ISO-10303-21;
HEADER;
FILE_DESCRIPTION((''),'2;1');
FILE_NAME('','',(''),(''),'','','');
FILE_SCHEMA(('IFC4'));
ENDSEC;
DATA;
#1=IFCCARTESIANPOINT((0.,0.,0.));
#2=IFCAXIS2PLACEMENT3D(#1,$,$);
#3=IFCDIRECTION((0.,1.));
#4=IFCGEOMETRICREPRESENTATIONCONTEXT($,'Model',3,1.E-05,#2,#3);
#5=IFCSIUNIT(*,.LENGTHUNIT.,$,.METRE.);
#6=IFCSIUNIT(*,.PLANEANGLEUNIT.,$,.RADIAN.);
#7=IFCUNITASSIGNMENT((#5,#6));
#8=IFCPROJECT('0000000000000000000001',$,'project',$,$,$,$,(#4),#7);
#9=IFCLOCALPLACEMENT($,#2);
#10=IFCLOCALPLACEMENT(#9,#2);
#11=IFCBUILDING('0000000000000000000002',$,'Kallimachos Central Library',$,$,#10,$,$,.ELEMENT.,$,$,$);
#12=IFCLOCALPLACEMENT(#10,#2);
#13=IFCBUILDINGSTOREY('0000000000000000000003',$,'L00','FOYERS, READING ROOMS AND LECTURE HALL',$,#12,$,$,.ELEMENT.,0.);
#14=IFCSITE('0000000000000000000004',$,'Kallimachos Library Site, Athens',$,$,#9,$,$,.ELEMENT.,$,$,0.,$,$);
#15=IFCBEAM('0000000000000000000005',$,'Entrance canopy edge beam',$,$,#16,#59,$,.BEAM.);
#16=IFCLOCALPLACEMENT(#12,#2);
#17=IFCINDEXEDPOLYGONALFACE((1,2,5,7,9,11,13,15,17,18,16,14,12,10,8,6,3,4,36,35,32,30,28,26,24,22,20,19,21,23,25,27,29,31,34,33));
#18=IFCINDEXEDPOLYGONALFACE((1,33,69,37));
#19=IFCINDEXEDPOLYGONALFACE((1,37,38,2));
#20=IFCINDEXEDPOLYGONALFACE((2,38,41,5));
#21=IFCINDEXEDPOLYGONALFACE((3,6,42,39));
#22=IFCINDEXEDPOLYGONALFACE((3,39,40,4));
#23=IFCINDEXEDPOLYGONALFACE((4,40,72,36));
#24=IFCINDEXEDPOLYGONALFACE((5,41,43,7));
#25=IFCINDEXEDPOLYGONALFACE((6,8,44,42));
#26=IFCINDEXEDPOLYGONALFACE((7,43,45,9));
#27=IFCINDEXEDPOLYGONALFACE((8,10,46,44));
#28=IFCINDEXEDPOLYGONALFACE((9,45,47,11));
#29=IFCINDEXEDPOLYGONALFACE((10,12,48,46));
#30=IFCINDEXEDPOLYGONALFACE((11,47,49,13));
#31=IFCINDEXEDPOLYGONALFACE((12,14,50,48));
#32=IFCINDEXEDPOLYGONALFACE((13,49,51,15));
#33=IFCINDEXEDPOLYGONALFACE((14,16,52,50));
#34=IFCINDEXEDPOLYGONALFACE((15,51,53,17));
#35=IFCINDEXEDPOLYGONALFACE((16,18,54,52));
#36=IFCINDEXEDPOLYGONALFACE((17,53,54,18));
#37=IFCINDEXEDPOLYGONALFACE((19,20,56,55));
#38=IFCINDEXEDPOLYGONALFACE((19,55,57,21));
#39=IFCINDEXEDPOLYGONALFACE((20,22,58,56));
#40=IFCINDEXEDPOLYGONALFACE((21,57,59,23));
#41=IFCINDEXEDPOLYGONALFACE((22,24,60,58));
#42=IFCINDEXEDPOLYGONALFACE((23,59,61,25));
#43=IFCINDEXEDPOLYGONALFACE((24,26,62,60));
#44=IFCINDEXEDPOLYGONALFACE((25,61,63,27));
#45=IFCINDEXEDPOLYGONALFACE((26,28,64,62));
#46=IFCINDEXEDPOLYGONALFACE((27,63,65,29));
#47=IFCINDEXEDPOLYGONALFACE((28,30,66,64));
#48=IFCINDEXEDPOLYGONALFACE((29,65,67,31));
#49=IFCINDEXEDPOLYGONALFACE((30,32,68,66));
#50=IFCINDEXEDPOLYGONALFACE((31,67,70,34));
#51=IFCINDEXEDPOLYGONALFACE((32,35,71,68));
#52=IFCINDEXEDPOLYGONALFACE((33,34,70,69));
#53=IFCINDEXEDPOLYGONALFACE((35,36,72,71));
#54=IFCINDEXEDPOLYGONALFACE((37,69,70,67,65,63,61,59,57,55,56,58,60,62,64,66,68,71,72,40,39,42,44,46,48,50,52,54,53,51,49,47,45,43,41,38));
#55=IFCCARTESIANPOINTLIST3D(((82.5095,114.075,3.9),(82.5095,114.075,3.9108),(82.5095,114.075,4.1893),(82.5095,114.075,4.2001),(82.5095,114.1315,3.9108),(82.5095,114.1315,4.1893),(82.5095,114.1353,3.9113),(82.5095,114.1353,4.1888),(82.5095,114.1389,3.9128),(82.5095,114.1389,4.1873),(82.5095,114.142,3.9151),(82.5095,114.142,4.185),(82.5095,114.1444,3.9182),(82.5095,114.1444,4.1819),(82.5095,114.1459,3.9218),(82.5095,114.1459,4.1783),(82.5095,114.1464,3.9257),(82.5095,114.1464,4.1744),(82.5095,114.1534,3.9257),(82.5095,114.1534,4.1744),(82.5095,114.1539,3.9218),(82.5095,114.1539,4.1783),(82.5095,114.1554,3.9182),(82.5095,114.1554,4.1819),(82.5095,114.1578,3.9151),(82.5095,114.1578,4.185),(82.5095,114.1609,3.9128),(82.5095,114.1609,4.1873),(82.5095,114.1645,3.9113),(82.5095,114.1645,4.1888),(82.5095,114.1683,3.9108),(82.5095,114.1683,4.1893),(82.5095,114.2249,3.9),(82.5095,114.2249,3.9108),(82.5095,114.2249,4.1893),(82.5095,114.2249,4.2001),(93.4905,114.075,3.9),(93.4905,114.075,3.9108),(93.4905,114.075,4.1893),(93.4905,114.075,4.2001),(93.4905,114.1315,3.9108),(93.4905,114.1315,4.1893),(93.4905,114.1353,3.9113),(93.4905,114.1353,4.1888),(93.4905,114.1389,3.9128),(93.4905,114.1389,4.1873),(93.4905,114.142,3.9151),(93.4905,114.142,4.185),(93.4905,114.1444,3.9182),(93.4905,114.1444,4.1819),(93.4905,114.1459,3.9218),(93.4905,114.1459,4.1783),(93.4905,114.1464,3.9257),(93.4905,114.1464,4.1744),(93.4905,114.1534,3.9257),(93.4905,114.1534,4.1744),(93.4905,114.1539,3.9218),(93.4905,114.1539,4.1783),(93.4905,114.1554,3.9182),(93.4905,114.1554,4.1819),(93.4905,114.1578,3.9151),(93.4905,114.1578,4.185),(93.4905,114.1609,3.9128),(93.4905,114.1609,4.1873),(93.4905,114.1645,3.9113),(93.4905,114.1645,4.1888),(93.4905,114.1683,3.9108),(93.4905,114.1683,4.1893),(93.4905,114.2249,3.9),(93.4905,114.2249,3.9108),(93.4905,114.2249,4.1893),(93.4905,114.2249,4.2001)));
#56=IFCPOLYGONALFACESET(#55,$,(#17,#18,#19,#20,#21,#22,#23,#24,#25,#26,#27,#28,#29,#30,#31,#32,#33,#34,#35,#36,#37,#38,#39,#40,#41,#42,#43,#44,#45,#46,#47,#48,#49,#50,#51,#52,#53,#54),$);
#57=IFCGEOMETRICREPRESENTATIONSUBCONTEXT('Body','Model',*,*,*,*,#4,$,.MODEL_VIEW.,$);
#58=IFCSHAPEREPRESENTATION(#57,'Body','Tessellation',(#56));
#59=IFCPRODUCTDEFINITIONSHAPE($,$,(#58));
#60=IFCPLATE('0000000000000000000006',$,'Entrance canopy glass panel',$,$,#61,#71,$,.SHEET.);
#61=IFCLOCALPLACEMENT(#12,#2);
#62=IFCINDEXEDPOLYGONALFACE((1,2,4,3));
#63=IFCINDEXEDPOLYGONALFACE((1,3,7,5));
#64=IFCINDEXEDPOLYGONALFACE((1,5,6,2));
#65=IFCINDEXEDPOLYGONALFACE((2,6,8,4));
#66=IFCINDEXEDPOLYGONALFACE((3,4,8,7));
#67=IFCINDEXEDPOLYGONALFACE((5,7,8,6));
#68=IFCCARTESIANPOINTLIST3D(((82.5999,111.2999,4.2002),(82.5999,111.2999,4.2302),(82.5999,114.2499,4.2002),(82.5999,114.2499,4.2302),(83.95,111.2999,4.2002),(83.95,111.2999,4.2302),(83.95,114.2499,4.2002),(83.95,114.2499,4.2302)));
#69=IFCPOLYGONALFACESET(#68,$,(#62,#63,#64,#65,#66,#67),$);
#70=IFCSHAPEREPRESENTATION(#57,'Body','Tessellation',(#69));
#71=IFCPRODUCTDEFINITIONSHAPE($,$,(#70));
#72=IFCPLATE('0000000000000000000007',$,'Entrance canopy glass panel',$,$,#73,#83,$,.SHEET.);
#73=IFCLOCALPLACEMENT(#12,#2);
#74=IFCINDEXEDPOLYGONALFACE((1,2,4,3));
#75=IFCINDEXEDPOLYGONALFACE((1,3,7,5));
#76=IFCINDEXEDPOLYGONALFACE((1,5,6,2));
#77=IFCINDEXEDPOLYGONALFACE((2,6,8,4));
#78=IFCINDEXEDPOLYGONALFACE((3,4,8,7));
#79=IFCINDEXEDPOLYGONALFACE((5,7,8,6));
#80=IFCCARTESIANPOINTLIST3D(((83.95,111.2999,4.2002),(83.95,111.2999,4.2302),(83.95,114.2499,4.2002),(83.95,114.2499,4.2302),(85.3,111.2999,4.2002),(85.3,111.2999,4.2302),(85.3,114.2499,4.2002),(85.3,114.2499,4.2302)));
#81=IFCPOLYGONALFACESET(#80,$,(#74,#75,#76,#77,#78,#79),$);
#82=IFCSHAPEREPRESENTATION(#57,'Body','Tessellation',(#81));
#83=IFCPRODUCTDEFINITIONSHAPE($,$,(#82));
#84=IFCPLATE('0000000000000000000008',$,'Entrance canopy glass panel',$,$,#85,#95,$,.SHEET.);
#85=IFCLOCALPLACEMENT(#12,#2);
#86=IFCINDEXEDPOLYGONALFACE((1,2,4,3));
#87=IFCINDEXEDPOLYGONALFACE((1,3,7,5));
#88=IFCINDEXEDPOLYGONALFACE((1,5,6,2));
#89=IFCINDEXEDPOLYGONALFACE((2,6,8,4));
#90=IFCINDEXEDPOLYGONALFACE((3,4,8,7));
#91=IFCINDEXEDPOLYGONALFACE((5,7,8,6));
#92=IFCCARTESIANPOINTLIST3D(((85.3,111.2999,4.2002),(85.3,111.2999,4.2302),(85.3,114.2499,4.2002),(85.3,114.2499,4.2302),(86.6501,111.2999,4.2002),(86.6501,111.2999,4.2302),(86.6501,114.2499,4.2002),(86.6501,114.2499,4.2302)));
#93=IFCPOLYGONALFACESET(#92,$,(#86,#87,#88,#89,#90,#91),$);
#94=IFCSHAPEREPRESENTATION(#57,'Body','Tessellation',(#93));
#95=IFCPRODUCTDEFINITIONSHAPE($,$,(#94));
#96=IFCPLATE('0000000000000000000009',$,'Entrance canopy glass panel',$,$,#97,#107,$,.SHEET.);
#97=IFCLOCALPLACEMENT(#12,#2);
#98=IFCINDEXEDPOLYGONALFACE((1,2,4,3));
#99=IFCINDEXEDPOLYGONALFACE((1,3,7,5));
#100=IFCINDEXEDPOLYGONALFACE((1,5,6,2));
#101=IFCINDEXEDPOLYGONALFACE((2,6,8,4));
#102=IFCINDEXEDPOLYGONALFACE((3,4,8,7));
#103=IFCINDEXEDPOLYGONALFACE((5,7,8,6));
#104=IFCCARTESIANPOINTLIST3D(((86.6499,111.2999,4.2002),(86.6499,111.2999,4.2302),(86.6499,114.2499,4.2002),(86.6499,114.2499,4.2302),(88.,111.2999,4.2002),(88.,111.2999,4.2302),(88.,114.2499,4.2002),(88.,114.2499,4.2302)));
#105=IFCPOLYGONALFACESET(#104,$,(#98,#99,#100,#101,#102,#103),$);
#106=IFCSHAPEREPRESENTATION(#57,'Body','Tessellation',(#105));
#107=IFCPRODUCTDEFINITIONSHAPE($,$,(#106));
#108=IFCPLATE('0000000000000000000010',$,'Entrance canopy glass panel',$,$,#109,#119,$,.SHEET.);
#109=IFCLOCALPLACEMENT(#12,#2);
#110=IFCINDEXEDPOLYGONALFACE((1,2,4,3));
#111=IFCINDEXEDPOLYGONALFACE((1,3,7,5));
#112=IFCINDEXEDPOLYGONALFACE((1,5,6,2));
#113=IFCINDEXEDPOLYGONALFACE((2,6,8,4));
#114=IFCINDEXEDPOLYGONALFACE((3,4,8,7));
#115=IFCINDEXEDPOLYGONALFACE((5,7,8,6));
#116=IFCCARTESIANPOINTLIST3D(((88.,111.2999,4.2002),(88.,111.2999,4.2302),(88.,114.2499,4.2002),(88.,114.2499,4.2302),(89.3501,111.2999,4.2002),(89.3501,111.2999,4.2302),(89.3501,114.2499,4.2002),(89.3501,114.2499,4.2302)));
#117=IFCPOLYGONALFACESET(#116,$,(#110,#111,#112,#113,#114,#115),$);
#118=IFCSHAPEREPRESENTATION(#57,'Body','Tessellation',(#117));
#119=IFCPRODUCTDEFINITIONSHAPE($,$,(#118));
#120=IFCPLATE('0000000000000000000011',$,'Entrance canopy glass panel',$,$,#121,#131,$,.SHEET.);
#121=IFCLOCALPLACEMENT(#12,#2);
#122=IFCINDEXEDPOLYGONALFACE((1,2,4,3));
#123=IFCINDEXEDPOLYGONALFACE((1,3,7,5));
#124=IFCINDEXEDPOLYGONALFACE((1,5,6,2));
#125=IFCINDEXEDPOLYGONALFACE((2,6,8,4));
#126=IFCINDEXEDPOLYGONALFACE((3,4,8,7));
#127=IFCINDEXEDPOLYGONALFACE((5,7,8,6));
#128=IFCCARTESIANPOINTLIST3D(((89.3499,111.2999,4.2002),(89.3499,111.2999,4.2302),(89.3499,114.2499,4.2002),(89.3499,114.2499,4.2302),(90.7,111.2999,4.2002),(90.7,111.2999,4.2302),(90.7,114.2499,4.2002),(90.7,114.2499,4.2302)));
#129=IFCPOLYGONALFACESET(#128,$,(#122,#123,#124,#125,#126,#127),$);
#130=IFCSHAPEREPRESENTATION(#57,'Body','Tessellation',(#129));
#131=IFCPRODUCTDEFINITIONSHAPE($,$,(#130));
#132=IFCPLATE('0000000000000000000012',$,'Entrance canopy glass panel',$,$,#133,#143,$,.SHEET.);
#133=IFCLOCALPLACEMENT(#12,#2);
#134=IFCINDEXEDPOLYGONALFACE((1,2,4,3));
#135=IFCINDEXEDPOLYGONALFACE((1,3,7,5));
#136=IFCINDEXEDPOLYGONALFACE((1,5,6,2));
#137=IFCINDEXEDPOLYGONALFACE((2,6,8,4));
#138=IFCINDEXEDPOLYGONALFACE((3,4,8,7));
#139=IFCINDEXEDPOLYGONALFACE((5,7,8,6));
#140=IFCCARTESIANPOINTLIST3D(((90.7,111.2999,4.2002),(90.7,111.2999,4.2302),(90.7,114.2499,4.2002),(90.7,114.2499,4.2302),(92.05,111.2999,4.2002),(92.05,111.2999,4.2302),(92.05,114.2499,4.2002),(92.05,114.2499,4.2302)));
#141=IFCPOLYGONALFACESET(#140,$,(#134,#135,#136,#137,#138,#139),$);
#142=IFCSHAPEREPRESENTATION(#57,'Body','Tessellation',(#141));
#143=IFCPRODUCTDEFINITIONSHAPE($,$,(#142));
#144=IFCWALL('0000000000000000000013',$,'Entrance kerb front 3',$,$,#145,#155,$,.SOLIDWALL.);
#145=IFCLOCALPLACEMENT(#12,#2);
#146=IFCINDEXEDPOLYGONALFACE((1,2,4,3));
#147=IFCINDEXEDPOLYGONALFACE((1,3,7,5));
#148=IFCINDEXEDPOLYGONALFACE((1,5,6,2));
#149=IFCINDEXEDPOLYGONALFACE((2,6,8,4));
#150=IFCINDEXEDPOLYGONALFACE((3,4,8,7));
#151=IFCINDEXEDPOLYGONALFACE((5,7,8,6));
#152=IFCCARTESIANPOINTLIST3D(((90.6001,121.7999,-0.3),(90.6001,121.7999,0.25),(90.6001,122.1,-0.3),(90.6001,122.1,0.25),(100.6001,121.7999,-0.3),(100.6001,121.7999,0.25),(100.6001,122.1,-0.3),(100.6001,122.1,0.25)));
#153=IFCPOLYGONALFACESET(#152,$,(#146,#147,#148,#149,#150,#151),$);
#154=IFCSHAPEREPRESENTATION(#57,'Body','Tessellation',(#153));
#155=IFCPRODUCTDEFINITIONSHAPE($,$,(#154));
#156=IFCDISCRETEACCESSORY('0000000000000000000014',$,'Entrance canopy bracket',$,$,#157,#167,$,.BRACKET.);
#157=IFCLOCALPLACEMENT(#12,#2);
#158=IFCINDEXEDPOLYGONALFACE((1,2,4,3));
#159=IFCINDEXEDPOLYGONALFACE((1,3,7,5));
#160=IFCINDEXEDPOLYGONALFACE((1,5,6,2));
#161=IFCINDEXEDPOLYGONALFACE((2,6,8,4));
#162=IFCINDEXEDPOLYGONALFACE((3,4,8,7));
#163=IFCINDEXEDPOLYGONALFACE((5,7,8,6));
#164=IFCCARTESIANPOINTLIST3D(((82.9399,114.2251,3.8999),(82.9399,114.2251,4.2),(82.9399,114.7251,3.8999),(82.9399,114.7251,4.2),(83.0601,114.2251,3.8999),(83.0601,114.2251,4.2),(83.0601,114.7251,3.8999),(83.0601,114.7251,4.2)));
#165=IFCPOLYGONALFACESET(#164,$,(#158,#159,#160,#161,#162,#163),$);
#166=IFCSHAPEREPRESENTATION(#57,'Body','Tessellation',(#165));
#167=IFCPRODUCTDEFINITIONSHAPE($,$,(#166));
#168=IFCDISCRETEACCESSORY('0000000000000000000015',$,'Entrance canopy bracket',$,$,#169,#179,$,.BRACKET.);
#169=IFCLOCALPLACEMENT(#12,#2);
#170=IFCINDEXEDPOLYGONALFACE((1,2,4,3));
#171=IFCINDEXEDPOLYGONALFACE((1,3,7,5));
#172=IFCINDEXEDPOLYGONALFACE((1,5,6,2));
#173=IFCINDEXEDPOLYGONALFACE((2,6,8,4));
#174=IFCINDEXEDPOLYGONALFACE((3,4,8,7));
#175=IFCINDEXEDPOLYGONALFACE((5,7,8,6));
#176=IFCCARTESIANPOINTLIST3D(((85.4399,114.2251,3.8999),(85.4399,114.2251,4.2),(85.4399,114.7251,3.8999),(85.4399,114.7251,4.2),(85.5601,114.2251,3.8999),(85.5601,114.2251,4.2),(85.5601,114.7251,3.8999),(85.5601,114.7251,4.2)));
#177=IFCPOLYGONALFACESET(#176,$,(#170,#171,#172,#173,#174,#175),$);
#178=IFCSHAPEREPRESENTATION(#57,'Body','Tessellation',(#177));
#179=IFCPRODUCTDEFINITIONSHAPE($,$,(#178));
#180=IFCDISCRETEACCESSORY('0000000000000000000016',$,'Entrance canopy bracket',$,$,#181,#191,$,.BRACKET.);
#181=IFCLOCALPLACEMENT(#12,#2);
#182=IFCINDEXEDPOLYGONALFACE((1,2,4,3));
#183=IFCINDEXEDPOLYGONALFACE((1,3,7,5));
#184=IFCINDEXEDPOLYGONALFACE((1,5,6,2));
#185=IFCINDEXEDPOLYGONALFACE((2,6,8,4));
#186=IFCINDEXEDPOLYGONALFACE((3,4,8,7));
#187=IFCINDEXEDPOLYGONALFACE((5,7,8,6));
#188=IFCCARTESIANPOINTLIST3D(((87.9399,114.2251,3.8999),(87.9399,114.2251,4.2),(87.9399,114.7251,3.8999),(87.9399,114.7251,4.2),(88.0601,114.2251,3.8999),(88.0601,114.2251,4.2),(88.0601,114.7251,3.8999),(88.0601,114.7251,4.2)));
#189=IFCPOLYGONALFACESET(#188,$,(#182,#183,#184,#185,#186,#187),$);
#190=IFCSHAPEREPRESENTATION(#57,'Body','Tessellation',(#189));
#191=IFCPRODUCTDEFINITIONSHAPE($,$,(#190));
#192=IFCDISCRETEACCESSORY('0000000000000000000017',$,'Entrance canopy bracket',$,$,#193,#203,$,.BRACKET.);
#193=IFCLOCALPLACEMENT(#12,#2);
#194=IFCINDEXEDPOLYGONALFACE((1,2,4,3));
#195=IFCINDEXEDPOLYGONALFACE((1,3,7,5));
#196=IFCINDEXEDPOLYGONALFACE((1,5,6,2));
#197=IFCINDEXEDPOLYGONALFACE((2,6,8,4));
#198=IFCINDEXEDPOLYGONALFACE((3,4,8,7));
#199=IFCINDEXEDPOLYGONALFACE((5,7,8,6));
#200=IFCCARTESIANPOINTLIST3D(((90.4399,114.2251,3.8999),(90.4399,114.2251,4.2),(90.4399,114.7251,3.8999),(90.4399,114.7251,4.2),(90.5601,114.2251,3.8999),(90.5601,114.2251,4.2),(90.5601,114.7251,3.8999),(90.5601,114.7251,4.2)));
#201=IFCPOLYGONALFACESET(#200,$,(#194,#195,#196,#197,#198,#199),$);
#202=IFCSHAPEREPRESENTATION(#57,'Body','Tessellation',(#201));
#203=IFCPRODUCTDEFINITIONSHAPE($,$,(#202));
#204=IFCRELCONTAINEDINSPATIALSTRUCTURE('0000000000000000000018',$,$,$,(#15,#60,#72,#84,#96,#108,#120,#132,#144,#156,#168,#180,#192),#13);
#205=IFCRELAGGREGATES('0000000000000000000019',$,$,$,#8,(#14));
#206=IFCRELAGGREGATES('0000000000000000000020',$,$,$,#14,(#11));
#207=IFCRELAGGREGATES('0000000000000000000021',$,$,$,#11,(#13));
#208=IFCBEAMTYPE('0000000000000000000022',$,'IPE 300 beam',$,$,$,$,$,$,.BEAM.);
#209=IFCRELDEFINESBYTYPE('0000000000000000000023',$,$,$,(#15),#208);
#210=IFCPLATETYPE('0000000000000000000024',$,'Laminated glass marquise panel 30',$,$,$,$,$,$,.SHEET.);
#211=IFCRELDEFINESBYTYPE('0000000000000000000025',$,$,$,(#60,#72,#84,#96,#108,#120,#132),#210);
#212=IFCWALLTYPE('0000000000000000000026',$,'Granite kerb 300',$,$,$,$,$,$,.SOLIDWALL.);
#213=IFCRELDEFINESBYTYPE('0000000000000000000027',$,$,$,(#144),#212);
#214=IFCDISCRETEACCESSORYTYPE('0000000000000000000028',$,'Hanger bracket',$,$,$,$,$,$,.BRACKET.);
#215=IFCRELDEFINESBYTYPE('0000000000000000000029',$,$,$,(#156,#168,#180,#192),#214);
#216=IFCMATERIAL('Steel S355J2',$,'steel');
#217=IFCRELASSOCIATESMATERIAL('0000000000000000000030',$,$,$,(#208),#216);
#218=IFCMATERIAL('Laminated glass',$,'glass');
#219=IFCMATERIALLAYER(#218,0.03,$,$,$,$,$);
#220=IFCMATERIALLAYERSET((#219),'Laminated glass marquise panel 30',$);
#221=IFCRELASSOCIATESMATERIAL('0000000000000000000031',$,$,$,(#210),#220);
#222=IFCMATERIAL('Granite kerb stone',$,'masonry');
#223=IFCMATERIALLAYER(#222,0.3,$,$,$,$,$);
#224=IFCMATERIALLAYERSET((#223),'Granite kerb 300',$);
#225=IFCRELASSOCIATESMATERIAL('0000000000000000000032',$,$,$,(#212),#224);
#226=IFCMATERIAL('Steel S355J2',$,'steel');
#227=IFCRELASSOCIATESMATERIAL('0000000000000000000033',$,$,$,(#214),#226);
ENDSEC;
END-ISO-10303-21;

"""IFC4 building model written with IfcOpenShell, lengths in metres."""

from ifc_helpers import new_model, si_unit, direction, frame, frame_2d, origin, origin_2d, place, context, subcontext, project, spatial, rectangle, i_section, extrude, material, layer, layer_set, material_profile, profile_set, type_object, element, save


model = new_model("IFC4")

# Units and contexts
model_context = context("Model", 3, precision=1e-05, world=origin(), true_north=direction((0.0, 1.0)))
body_context = subcontext(model_context, "Body", "Model", "MODEL_VIEW")
ifc_project = project(units=[si_unit("LENGTHUNIT", "METRE"), si_unit("PLANEANGLEUNIT", "RADIAN")], contexts=[model_context])

# Site, building, storey
site_placement = place(None, origin())
site = spatial("IfcSite", under=ifc_project, at=site_placement, Name="Kallimachos Library Site, Athens", CompositionType="ELEMENT", RefElevation=0.0)
building_placement = place(site_placement, origin())
building = spatial("IfcBuilding", under=site, at=building_placement, Name="Kallimachos Central Library", CompositionType="ELEMENT")
storey_placement = place(building_placement, origin())
storey = spatial("IfcBuildingStorey", under=building, at=storey_placement, Name="L00", Description="FOYERS, READING ROOMS AND LECTURE HALL", CompositionType="ELEMENT", Elevation=0.0)

# Beam
ifc_material_1 = material(Name="Steel S355J2", Category="steel")
ifc_material_profile_1 = material_profile(ifc_material_1, i_section(OverallWidth=0.1499, OverallDepth=0.3, WebThickness=0.0071, FlangeThickness=0.0107, FilletRadius=0.0149, at=origin_2d()), Name="IPE 300")
ifc_profile_set_1 = profile_set([ifc_material_profile_1], Name="Steel S355J2")
beam_type_1 = type_object("IfcBeamType", Name="IPE 300 beam", PredefinedType="BEAM", material=ifc_profile_set_1)
beam_placement = place(storey_placement, frame((82.5095, 114.1499, 4.05), z_axis=(1.0, 0.0, 0.0), x_axis=(0.0, 1.0, 0.0)))
element("IfcBeam", 1, at=beam_placement, inside=storey, type_object=beam_type_1, Name="Entrance canopy edge beam", PredefinedType="BEAM", context=body_context, shape_type="SweptSolid", body=[
    extrude(i_section(OverallWidth=0.1499, OverallDepth=0.3, WebThickness=0.0071, FlangeThickness=0.0107, FilletRadius=0.0149, at=origin_2d()), origin(), (0.0, 0.0, 1.0), 10.981),
])

# Plates
ifc_material_2 = material(Name="Laminated glass", Category="glass")
ifc_layer_1 = layer(ifc_material_2, 0.03)
ifc_layer_set_1 = layer_set([ifc_layer_1], Name="Laminated glass marquise panel 30")
plate_type = type_object("IfcPlateType", Name="Laminated glass marquise panel 30", PredefinedType="SHEET", material=ifc_layer_set_1)
for number, where, z_axis, x_axis, name in (
    (2, (83.2749, 112.7749, 4.2002), (0.0, 0.0, 1.0), (1.0, 0.0, 0.0), "Entrance canopy glass panel"),
    (3, (84.625, 112.7749, 4.2002), (0.0, 0.0, 1.0), (1.0, 0.0, 0.0), "Entrance canopy glass panel"),
    (4, (85.9751, 112.7749, 4.2002), (0.0, 0.0, 1.0), (1.0, 0.0, 0.0), "Entrance canopy glass panel"),
    (5, (87.325, 112.7749, 4.2002), (0.0, 0.0, 1.0), (1.0, 0.0, 0.0), "Entrance canopy glass panel"),
    (6, (88.675, 112.7749, 4.2002), (0.0, 0.0, 1.0), (1.0, 0.0, 0.0), "Entrance canopy glass panel"),
    (7, (90.0249, 112.7749, 4.2002), (0.0, 0.0, 1.0), (1.0, 0.0, 0.0), "Entrance canopy glass panel"),
    (8, (91.375, 112.7749, 4.2002), (0.0, 0.0, 1.0), (1.0, 0.0, 0.0), "Entrance canopy glass panel"),
):
    element("IfcPlate", number, at=place(storey_placement, frame(where, z_axis=z_axis, x_axis=x_axis)), inside=storey, type_object=plate_type, Name=name, PredefinedType="SHEET", context=body_context, shape_type="SweptSolid", body=[
        extrude(rectangle(XDim=1.3501, YDim=2.95, at=origin_2d()), origin(), (0.0, 0.0, 1.0), 0.03),
    ])

# Wall
ifc_material_3 = material(Name="Granite kerb stone", Category="masonry")
ifc_layer_2 = layer(ifc_material_3, 0.3)
ifc_layer_set_2 = layer_set([ifc_layer_2], Name="Granite kerb 300")
wall_type = type_object("IfcWallType", Name="Granite kerb 300", PredefinedType="SOLIDWALL", material=ifc_layer_set_2)
wall_placement = place(storey_placement, frame((90.6001, 121.95, -0.3), z_axis=(0.0, 0.0, 1.0), x_axis=(1.0, 0.0, 0.0)))
element("IfcWall", 9, at=wall_placement, inside=storey, type_object=wall_type, Name="Entrance kerb front 3", PredefinedType="SOLIDWALL", context=body_context, shape_type="SweptSolid", body=[
    extrude(rectangle(XDim=10.0, YDim=0.3, at=frame_2d((5.0, 0.0))), origin(), (0.0, 0.0, 1.0), 0.55),
])

# Discrete accessories
ifc_material_4 = material(Name="Steel S355J2", Category="steel")
discrete_accessory_type = type_object("IfcDiscreteAccessoryType", Name="Hanger bracket", PredefinedType="BRACKET", material=ifc_material_4)
for number, where, z_axis, x_axis, name in (
    (10, (83.0, 114.4751, 3.8999), (0.0, 0.0, 1.0), (1.0, 0.0, 0.0), "Entrance canopy bracket"),
    (11, (85.5, 114.4751, 3.8999), (0.0, 0.0, 1.0), (1.0, 0.0, 0.0), "Entrance canopy bracket"),
    (12, (88.0, 114.4751, 3.8999), (0.0, 0.0, 1.0), (1.0, 0.0, 0.0), "Entrance canopy bracket"),
    (13, (90.5, 114.4751, 3.8999), (0.0, 0.0, 1.0), (1.0, 0.0, 0.0), "Entrance canopy bracket"),
):
    element("IfcDiscreteAccessory", number, at=place(storey_placement, frame(where, z_axis=z_axis, x_axis=x_axis)), inside=storey, type_object=discrete_accessory_type, Name=name, PredefinedType="BRACKET", context=body_context, shape_type="SweptSolid", body=[
        extrude(rectangle(XDim=0.1201, YDim=0.5, at=origin_2d()), origin(), (0.0, 0.0, 1.0), 0.3),
    ])

save(model, "model.ifc")
